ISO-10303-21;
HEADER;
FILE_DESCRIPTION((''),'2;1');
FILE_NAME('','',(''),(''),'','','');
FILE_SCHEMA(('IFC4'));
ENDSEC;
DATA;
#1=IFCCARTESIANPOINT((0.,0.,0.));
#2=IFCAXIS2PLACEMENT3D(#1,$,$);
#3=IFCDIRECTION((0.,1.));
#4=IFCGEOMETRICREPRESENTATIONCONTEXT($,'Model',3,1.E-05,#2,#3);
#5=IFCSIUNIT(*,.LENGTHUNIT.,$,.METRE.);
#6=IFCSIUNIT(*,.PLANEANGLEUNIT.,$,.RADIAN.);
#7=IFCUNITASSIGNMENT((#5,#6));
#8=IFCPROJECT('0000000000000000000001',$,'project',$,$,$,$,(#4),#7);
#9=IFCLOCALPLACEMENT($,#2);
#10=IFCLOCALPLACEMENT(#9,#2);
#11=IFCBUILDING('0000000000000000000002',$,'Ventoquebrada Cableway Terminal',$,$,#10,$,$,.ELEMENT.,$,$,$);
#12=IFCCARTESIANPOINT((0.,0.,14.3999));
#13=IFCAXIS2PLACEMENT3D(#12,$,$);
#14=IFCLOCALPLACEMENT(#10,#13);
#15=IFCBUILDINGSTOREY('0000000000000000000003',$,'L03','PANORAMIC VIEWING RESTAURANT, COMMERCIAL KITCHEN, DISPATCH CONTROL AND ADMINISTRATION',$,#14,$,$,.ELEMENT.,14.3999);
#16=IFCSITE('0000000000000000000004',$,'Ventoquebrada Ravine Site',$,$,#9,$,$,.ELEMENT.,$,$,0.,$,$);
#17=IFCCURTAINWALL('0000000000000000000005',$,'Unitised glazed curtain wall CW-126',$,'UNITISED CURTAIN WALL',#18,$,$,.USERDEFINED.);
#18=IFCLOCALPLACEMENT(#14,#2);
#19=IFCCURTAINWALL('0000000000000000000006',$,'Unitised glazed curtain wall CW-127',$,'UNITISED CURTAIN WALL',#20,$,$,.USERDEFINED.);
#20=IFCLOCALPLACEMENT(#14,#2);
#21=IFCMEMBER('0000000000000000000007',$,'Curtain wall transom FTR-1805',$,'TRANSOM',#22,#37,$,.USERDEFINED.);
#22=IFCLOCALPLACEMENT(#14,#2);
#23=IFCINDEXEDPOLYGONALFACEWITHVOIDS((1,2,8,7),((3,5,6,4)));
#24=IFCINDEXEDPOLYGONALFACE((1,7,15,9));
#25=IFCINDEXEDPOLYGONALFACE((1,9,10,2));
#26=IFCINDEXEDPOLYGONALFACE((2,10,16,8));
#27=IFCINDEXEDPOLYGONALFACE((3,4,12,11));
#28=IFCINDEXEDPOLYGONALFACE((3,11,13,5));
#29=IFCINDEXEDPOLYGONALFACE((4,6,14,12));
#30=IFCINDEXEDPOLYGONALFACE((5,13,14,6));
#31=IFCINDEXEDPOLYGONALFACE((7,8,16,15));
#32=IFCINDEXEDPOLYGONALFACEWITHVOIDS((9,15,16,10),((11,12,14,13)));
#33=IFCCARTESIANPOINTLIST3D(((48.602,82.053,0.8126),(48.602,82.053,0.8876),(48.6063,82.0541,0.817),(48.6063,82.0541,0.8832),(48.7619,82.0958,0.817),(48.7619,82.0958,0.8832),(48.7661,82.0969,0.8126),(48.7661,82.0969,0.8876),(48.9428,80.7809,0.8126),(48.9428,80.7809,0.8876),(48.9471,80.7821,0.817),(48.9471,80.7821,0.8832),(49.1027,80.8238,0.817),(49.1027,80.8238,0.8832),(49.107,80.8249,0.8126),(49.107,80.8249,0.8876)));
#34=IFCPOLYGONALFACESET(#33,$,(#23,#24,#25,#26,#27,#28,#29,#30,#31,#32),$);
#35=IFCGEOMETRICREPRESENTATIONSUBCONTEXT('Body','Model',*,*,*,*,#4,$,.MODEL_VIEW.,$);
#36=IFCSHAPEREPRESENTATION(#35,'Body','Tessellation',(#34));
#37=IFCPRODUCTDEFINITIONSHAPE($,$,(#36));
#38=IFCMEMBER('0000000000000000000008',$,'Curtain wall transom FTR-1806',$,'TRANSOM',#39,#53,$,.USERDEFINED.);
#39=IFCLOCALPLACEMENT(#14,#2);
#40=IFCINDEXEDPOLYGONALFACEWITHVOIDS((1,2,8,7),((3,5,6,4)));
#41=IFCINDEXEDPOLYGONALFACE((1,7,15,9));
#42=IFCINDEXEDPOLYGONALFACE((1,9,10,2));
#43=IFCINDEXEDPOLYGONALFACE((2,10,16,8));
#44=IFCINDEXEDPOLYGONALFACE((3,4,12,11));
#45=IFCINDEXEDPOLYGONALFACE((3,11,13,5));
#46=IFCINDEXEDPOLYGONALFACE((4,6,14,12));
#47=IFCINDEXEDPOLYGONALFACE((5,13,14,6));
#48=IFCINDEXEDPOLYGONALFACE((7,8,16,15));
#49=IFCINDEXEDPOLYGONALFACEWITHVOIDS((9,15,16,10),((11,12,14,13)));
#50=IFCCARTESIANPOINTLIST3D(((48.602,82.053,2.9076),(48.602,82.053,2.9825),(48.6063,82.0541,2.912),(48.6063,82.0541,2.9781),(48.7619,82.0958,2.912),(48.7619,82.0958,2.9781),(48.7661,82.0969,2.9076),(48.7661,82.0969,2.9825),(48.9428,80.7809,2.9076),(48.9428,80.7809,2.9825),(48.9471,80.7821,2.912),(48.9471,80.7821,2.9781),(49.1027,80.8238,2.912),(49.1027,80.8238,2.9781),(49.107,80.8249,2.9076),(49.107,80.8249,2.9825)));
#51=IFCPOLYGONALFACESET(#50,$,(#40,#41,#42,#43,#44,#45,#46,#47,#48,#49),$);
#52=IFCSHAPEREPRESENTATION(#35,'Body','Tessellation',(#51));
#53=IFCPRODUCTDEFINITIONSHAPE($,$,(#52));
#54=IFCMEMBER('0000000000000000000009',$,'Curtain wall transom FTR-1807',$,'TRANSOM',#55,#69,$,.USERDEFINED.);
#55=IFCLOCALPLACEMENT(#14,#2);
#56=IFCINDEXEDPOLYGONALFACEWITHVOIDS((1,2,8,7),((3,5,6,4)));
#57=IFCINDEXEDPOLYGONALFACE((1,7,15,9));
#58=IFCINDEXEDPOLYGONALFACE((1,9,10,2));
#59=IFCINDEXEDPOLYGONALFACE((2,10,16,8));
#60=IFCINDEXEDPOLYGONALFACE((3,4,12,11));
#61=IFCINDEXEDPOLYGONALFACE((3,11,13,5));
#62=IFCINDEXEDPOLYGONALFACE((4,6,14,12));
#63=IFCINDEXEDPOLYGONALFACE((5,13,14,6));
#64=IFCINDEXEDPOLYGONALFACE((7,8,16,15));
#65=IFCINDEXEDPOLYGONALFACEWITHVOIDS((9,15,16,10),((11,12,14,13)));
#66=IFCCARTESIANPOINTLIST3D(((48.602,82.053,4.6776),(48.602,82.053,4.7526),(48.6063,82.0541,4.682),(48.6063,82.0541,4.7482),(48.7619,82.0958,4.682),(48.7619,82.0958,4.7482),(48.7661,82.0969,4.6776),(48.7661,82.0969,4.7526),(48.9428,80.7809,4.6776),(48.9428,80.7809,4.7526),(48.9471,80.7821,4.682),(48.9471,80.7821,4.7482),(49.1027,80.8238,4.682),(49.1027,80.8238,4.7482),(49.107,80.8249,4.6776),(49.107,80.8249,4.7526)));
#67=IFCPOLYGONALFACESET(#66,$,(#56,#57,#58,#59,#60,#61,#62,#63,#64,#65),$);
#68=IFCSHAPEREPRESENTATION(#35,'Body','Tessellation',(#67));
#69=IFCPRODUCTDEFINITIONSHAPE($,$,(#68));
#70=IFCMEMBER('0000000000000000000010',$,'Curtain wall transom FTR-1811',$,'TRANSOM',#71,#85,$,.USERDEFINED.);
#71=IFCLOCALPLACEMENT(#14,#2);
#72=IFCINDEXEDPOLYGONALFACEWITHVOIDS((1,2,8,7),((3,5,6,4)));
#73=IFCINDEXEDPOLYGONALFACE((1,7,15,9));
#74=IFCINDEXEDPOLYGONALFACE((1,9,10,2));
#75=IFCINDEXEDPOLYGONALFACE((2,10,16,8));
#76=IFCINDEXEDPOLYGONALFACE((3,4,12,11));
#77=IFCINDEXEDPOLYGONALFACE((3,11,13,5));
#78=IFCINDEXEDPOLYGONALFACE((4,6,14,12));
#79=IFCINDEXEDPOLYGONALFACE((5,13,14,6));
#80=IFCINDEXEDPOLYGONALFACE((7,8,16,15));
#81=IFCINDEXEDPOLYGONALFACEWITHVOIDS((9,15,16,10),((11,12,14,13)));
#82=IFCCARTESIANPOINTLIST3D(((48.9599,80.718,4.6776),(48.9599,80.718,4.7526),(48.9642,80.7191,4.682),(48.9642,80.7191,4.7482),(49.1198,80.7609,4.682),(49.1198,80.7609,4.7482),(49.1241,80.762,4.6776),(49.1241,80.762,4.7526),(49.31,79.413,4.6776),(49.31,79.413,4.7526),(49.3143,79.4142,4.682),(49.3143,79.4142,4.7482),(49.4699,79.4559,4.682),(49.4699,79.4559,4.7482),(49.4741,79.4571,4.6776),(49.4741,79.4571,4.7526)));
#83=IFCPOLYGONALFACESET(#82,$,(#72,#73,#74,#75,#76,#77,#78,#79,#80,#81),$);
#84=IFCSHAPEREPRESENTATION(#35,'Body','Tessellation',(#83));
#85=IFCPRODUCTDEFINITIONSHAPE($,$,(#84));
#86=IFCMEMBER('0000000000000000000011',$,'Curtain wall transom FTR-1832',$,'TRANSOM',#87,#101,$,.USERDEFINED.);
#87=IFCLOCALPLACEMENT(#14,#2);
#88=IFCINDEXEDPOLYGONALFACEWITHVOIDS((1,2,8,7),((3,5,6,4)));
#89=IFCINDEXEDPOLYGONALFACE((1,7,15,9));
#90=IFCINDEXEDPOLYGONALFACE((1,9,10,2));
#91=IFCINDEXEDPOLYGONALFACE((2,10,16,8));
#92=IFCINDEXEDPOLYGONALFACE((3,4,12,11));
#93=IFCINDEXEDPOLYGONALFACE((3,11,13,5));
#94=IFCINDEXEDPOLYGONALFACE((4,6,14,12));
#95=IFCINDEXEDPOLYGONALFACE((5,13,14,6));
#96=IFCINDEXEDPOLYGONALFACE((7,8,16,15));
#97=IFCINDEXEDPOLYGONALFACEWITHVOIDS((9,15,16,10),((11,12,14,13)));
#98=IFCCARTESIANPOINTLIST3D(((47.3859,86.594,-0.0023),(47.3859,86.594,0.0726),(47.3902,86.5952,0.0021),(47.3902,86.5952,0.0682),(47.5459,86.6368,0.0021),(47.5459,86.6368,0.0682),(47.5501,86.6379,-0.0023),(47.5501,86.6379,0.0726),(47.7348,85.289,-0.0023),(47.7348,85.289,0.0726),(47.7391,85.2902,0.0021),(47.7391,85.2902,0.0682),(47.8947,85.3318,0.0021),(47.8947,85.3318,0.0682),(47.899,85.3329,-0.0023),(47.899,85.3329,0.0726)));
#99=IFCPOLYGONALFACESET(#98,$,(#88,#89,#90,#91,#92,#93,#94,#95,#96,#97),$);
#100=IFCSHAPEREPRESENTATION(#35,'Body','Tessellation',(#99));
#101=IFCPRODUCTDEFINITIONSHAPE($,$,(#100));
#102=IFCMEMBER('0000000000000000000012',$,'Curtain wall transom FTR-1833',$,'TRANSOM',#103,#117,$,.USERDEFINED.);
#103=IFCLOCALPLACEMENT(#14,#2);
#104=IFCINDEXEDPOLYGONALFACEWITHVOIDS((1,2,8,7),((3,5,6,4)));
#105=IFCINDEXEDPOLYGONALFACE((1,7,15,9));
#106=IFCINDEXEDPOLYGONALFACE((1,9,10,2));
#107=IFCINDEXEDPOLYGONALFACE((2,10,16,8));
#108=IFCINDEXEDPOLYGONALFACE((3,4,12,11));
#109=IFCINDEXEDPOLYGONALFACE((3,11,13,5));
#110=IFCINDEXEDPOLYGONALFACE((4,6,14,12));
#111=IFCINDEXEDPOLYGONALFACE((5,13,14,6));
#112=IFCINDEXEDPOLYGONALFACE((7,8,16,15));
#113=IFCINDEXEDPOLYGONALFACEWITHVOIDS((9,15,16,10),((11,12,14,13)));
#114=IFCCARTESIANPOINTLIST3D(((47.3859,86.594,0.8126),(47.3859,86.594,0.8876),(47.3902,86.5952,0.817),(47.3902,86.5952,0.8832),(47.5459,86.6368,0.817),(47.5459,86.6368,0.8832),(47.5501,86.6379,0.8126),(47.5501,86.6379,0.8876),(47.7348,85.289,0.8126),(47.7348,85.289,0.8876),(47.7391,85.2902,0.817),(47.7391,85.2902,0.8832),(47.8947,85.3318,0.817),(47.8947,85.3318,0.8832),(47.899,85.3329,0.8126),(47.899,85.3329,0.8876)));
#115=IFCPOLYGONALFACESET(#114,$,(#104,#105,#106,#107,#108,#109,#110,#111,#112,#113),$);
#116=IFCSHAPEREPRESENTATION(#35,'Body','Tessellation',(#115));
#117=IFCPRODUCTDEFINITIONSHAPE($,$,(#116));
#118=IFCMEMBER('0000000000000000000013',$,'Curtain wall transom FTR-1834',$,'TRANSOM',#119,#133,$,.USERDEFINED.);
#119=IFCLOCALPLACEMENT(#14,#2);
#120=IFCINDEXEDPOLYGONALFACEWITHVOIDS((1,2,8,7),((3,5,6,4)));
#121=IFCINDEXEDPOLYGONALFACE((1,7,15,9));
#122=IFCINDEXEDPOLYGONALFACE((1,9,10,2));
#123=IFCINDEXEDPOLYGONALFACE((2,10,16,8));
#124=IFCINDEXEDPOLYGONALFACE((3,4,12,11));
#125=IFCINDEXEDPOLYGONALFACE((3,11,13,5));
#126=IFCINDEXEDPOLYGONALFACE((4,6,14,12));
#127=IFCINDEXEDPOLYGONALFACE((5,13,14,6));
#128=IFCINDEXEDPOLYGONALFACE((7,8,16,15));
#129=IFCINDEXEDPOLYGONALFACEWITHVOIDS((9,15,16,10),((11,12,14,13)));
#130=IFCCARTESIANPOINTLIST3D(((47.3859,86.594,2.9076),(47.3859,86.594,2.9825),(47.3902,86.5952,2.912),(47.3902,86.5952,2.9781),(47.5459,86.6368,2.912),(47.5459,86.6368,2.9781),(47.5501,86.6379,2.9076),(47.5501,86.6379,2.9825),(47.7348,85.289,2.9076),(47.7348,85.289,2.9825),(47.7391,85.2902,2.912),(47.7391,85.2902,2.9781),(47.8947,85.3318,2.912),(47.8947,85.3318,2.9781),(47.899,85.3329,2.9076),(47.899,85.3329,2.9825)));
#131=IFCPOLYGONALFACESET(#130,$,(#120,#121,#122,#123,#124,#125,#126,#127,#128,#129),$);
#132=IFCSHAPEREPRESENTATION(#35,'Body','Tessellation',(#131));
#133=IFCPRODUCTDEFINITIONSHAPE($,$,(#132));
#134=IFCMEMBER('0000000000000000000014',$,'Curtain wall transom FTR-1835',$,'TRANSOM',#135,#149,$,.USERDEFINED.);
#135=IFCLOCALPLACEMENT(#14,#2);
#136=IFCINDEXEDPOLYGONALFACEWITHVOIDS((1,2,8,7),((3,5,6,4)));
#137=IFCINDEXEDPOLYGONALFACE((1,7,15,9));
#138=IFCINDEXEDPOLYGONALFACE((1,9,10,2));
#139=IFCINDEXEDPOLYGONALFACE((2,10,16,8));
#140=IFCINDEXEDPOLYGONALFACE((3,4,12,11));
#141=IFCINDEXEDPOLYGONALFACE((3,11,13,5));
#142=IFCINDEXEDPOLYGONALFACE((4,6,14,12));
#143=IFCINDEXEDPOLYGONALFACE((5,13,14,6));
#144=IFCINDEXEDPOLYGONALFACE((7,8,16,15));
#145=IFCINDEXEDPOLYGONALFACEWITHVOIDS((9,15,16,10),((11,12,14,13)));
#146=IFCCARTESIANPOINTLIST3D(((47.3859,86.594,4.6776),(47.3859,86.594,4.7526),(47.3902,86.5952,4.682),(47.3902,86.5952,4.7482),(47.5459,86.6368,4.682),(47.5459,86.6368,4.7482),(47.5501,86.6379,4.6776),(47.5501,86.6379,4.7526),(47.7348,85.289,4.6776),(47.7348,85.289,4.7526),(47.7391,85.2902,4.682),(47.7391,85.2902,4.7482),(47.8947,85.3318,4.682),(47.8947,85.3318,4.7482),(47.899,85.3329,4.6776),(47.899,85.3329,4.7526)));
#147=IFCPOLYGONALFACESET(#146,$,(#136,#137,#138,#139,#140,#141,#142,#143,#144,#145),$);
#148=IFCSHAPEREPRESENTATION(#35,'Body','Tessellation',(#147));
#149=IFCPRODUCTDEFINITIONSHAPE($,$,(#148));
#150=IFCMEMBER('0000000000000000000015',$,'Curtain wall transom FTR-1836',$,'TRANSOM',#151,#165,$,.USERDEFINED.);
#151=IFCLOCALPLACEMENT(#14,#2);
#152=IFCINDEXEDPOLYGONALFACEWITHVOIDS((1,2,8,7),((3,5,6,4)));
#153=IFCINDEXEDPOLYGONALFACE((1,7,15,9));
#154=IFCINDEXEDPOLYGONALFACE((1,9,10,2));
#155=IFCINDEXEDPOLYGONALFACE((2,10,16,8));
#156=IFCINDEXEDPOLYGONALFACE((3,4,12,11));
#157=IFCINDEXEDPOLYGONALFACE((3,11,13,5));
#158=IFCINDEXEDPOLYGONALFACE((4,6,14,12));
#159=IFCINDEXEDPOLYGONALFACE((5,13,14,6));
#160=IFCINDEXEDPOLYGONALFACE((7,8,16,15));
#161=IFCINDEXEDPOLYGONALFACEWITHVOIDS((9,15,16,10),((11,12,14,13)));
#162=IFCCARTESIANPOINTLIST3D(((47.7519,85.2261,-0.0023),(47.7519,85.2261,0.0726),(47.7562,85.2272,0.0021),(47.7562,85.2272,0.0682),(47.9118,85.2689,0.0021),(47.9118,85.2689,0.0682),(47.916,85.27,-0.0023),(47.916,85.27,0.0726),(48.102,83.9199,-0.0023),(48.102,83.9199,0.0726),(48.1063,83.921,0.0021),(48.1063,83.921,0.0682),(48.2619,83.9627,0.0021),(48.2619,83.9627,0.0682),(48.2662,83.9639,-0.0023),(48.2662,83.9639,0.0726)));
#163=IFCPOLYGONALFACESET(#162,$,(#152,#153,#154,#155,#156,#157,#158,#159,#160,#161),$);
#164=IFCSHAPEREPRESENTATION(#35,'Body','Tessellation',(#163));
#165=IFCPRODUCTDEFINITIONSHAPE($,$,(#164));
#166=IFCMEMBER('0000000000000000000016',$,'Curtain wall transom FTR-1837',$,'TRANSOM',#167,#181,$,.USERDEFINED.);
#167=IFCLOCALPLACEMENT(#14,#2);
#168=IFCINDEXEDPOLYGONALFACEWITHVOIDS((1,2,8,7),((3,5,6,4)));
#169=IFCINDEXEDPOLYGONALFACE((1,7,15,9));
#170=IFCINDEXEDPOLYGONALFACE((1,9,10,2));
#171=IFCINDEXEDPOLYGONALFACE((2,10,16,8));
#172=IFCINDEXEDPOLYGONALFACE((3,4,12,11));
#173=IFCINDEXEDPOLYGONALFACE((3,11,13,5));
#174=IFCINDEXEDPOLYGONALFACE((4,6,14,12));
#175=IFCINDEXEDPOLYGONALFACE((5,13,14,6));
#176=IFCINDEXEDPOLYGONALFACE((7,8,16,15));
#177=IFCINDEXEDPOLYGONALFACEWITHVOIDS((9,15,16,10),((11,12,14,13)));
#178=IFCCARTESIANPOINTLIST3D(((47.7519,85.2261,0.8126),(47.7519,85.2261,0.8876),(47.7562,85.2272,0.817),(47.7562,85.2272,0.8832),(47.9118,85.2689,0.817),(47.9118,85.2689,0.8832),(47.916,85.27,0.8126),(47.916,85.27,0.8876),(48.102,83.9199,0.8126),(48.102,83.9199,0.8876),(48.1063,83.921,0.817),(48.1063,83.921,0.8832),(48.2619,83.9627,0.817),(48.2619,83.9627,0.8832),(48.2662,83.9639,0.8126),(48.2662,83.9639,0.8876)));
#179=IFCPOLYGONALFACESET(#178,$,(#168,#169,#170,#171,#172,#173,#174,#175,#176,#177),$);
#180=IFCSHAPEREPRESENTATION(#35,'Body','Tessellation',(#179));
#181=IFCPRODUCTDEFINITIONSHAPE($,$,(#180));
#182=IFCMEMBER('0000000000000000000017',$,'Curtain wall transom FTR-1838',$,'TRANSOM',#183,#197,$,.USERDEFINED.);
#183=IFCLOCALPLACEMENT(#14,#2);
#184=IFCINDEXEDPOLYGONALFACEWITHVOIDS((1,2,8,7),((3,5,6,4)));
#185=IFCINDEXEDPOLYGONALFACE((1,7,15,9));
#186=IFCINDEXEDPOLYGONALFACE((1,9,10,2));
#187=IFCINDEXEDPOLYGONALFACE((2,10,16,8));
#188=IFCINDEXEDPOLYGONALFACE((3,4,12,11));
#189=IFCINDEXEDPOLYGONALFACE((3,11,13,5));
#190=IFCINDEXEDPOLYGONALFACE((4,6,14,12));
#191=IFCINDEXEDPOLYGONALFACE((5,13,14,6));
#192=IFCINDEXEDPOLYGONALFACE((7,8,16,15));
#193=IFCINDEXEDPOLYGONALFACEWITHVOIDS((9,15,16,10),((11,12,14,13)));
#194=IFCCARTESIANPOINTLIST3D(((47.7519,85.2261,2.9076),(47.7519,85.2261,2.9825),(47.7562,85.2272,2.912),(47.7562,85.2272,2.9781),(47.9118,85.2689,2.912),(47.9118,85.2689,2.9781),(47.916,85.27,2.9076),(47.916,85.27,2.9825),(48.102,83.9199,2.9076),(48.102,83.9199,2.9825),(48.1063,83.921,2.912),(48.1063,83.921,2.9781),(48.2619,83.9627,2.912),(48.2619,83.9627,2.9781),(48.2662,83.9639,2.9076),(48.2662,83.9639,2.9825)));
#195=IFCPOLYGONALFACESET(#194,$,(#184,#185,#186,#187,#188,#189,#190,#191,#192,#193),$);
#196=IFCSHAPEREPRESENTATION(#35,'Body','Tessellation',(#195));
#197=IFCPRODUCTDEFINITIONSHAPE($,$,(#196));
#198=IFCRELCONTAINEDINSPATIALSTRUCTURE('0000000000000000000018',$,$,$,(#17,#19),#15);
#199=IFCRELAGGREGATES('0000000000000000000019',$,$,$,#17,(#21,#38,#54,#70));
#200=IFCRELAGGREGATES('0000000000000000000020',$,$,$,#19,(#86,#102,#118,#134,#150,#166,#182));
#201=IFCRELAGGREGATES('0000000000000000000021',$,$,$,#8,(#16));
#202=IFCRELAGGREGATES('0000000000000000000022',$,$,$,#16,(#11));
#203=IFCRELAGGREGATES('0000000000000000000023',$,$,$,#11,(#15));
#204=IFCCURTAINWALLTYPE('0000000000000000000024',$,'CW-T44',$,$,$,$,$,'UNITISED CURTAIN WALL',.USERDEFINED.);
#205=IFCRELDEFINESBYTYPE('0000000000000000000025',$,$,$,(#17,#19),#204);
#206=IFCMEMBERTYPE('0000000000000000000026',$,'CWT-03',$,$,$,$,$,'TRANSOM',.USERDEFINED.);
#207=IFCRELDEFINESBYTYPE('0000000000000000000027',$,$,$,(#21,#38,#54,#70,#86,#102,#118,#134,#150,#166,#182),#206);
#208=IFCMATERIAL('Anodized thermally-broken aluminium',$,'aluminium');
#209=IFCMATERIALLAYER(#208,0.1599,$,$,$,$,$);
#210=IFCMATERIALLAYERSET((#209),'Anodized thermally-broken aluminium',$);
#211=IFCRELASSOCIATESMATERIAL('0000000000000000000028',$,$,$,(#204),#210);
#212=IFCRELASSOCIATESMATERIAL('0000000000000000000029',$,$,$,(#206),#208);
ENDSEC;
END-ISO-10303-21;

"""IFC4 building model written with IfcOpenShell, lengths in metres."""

from ifc_helpers import new_model, si_unit, direction, frame, origin, origin_2d, place, context, subcontext, project, spatial, hollow_rectangle, extrude, material, layer, layer_set, material_profile, profile_set, type_object, element, aggregate, save


model = new_model("IFC4")

# Units and contexts
model_context = context("Model", 3, precision=1e-05, world=origin(), true_north=direction((0.0, 1.0)))
body_context = subcontext(model_context, "Body", "Model", "MODEL_VIEW")
ifc_project = project(units=[si_unit("LENGTHUNIT", "METRE"), si_unit("PLANEANGLEUNIT", "RADIAN")], contexts=[model_context])

# Site, building, storey
site_placement = place(None, origin())
site = spatial("IfcSite", under=ifc_project, at=site_placement, Name="Ventoquebrada Ravine Site", CompositionType="ELEMENT", RefElevation=0.0)
building_placement = place(site_placement, origin())
building = spatial("IfcBuilding", under=site, at=building_placement, Name="Ventoquebrada Cableway Terminal", CompositionType="ELEMENT")
storey_placement = place(building_placement, frame((0.0, 0.0, 14.3999)))
storey = spatial("IfcBuildingStorey", under=building, at=storey_placement, Name="L03", Description="PANORAMIC VIEWING RESTAURANT, COMMERCIAL KITCHEN, DISPATCH CONTROL AND ADMINISTRATION", CompositionType="ELEMENT", Elevation=14.3999)

# Curtain walls
ifc_material_1 = material(Name="Anodized thermally-broken aluminium", Category="aluminium")
ifc_layer_1 = layer(ifc_material_1, 0.1599)
ifc_layer_set_1 = layer_set([ifc_layer_1], Name="Anodized thermally-broken aluminium")
curtain_wall_type = type_object("IfcCurtainWallType", Name="CW-T44", ElementType="UNITISED CURTAIN WALL", PredefinedType="USERDEFINED", material=ifc_layer_set_1)
curtain_wall_1_placement = place(storey_placement, origin())
curtain_wall_1 = element("IfcCurtainWall", 1, at=curtain_wall_1_placement, inside=storey, type_object=curtain_wall_type, Name="Unitised glazed curtain wall CW-126", ObjectType="UNITISED CURTAIN WALL", PredefinedType="USERDEFINED")
curtain_wall_2_placement = place(storey_placement, origin())
curtain_wall_2 = element("IfcCurtainWall", 2, at=curtain_wall_2_placement, inside=storey, type_object=curtain_wall_type, Name="Unitised glazed curtain wall CW-127", ObjectType="UNITISED CURTAIN WALL", PredefinedType="USERDEFINED")

# Members
ifc_material_profile_1 = material_profile(ifc_material_1, hollow_rectangle(XDim=0.075, YDim=0.1699, WallThickness=0.0044, at=origin_2d()), Name="CW-TRN-75X170")
ifc_profile_set_1 = profile_set([ifc_material_profile_1], Name="Anodized thermally-broken aluminium")
member_type_1 = type_object("IfcMemberType", Name="CWT-03", ElementType="TRANSOM", PredefinedType="USERDEFINED", material=ifc_profile_set_1)
member_1_placement = place(storey_placement, frame((48.6841, 82.075, 0.8501), z_axis=(0.258816, -0.965927, 0.0), x_axis=(0.0, 0.0, 1.0)))
member_1 = element("IfcMember", 3, at=member_1_placement, type_object=member_type_1, Name="Curtain wall transom FTR-1805", ObjectType="TRANSOM", PredefinedType="USERDEFINED", context=body_context, shape_type="SweptSolid", body=[
    extrude(hollow_rectangle(XDim=0.075, YDim=0.1699, WallThickness=0.0044, at=origin_2d()), origin(), (0.0, 0.0, 1.0), 1.3169),
])
member_2_placement = place(storey_placement, frame((48.6841, 82.075, 2.9451), z_axis=(0.258816, -0.965927, 0.0), x_axis=(0.0, 0.0, 1.0)))
member_2 = element("IfcMember", 4, at=member_2_placement, type_object=member_type_1, Name="Curtain wall transom FTR-1806", ObjectType="TRANSOM", PredefinedType="USERDEFINED", context=body_context, shape_type="SweptSolid", body=[
    extrude(hollow_rectangle(XDim=0.075, YDim=0.1699, WallThickness=0.0044, at=origin_2d()), origin(), (0.0, 0.0, 1.0), 1.3169),
])
member_3_placement = place(storey_placement, frame((48.6841, 82.075, 4.7151), z_axis=(0.258816, -0.965927, 0.0), x_axis=(0.0, 0.0, 1.0)))
member_3 = element("IfcMember", 5, at=member_3_placement, type_object=member_type_1, Name="Curtain wall transom FTR-1807", ObjectType="TRANSOM", PredefinedType="USERDEFINED", context=body_context, shape_type="SweptSolid", body=[
    extrude(hollow_rectangle(XDim=0.075, YDim=0.1699, WallThickness=0.0044, at=origin_2d()), origin(), (0.0, 0.0, 1.0), 1.3169),
])
member_4_placement = place(storey_placement, frame((49.042, 80.74, 4.7151), z_axis=(0.259124, -0.965844, 0.0), x_axis=(0.0, 0.0, 1.0)))
member_4 = element("IfcMember", 6, at=member_4_placement, type_object=member_type_1, Name="Curtain wall transom FTR-1811", ObjectType="TRANSOM", PredefinedType="USERDEFINED", context=body_context, shape_type="SweptSolid", body=[
    extrude(hollow_rectangle(XDim=0.075, YDim=0.1699, WallThickness=0.0044, at=origin_2d()), origin(), (0.0, 0.0, 1.0), 1.3511),
])
member_5_placement = place(storey_placement, frame((47.468, 86.616, 0.0352), z_axis=(0.258281, -0.96607, 0.0), x_axis=(0.0, 0.0, 1.0)))
member_5 = element("IfcMember", 7, at=member_5_placement, type_object=member_type_1, Name="Curtain wall transom FTR-1832", ObjectType="TRANSOM", PredefinedType="USERDEFINED", context=body_context, shape_type="SweptSolid", body=[
    extrude(hollow_rectangle(XDim=0.075, YDim=0.1699, WallThickness=0.0044, at=origin_2d()), origin(), (0.0, 0.0, 1.0), 1.3508),
])
member_6_placement = place(storey_placement, frame((47.468, 86.616, 0.8501), z_axis=(0.258281, -0.96607, 0.0), x_axis=(0.0, 0.0, 1.0)))
member_6 = element("IfcMember", 8, at=member_6_placement, type_object=member_type_1, Name="Curtain wall transom FTR-1833", ObjectType="TRANSOM", PredefinedType="USERDEFINED", context=body_context, shape_type="SweptSolid", body=[
    extrude(hollow_rectangle(XDim=0.075, YDim=0.1699, WallThickness=0.0044, at=origin_2d()), origin(), (0.0, 0.0, 1.0), 1.3508),
])
member_7_placement = place(storey_placement, frame((47.468, 86.616, 2.9451), z_axis=(0.258281, -0.96607, 0.0), x_axis=(0.0, 0.0, 1.0)))
member_7 = element("IfcMember", 9, at=member_7_placement, type_object=member_type_1, Name="Curtain wall transom FTR-1834", ObjectType="TRANSOM", PredefinedType="USERDEFINED", context=body_context, shape_type="SweptSolid", body=[
    extrude(hollow_rectangle(XDim=0.075, YDim=0.1699, WallThickness=0.0044, at=origin_2d()), origin(), (0.0, 0.0, 1.0), 1.3508),
])
member_8_placement = place(storey_placement, frame((47.468, 86.616, 4.7151), z_axis=(0.258281, -0.96607, 0.0), x_axis=(0.0, 0.0, 1.0)))
member_8 = element("IfcMember", 10, at=member_8_placement, type_object=member_type_1, Name="Curtain wall transom FTR-1835", ObjectType="TRANSOM", PredefinedType="USERDEFINED", context=body_context, shape_type="SweptSolid", body=[
    extrude(hollow_rectangle(XDim=0.075, YDim=0.1699, WallThickness=0.0044, at=origin_2d()), origin(), (0.0, 0.0, 1.0), 1.3508),
])
member_9_placement = place(storey_placement, frame((47.834, 85.248, 0.0352), z_axis=(0.258899, -0.965905, 0.0), x_axis=(0.0, 0.0, 1.0)))
member_9 = element("IfcMember", 11, at=member_9_placement, type_object=member_type_1, Name="Curtain wall transom FTR-1836", ObjectType="TRANSOM", PredefinedType="USERDEFINED", context=body_context, shape_type="SweptSolid", body=[
    extrude(hollow_rectangle(XDim=0.075, YDim=0.1699, WallThickness=0.0044, at=origin_2d()), origin(), (0.0, 0.0, 1.0), 1.3523),
])
member_10_placement = place(storey_placement, frame((47.834, 85.248, 0.8501), z_axis=(0.258899, -0.965905, 0.0), x_axis=(0.0, 0.0, 1.0)))
member_10 = element("IfcMember", 12, at=member_10_placement, type_object=member_type_1, Name="Curtain wall transom FTR-1837", ObjectType="TRANSOM", PredefinedType="USERDEFINED", context=body_context, shape_type="SweptSolid", body=[
    extrude(hollow_rectangle(XDim=0.075, YDim=0.1699, WallThickness=0.0044, at=origin_2d()), origin(), (0.0, 0.0, 1.0), 1.3523),
])
member_11_placement = place(storey_placement, frame((47.834, 85.248, 2.9451), z_axis=(0.258899, -0.965905, 0.0), x_axis=(0.0, 0.0, 1.0)))
member_11 = element("IfcMember", 13, at=member_11_placement, type_object=member_type_1, Name="Curtain wall transom FTR-1838", ObjectType="TRANSOM", PredefinedType="USERDEFINED", context=body_context, shape_type="SweptSolid", body=[
    extrude(hollow_rectangle(XDim=0.075, YDim=0.1699, WallThickness=0.0044, at=origin_2d()), origin(), (0.0, 0.0, 1.0), 1.3523),
])

aggregate(curtain_wall_1, [member_1, member_2, member_3, member_4])
aggregate(curtain_wall_2, [member_5, member_6, member_7, member_8, member_9, member_10, member_11])

save(model, "model.ifc")
